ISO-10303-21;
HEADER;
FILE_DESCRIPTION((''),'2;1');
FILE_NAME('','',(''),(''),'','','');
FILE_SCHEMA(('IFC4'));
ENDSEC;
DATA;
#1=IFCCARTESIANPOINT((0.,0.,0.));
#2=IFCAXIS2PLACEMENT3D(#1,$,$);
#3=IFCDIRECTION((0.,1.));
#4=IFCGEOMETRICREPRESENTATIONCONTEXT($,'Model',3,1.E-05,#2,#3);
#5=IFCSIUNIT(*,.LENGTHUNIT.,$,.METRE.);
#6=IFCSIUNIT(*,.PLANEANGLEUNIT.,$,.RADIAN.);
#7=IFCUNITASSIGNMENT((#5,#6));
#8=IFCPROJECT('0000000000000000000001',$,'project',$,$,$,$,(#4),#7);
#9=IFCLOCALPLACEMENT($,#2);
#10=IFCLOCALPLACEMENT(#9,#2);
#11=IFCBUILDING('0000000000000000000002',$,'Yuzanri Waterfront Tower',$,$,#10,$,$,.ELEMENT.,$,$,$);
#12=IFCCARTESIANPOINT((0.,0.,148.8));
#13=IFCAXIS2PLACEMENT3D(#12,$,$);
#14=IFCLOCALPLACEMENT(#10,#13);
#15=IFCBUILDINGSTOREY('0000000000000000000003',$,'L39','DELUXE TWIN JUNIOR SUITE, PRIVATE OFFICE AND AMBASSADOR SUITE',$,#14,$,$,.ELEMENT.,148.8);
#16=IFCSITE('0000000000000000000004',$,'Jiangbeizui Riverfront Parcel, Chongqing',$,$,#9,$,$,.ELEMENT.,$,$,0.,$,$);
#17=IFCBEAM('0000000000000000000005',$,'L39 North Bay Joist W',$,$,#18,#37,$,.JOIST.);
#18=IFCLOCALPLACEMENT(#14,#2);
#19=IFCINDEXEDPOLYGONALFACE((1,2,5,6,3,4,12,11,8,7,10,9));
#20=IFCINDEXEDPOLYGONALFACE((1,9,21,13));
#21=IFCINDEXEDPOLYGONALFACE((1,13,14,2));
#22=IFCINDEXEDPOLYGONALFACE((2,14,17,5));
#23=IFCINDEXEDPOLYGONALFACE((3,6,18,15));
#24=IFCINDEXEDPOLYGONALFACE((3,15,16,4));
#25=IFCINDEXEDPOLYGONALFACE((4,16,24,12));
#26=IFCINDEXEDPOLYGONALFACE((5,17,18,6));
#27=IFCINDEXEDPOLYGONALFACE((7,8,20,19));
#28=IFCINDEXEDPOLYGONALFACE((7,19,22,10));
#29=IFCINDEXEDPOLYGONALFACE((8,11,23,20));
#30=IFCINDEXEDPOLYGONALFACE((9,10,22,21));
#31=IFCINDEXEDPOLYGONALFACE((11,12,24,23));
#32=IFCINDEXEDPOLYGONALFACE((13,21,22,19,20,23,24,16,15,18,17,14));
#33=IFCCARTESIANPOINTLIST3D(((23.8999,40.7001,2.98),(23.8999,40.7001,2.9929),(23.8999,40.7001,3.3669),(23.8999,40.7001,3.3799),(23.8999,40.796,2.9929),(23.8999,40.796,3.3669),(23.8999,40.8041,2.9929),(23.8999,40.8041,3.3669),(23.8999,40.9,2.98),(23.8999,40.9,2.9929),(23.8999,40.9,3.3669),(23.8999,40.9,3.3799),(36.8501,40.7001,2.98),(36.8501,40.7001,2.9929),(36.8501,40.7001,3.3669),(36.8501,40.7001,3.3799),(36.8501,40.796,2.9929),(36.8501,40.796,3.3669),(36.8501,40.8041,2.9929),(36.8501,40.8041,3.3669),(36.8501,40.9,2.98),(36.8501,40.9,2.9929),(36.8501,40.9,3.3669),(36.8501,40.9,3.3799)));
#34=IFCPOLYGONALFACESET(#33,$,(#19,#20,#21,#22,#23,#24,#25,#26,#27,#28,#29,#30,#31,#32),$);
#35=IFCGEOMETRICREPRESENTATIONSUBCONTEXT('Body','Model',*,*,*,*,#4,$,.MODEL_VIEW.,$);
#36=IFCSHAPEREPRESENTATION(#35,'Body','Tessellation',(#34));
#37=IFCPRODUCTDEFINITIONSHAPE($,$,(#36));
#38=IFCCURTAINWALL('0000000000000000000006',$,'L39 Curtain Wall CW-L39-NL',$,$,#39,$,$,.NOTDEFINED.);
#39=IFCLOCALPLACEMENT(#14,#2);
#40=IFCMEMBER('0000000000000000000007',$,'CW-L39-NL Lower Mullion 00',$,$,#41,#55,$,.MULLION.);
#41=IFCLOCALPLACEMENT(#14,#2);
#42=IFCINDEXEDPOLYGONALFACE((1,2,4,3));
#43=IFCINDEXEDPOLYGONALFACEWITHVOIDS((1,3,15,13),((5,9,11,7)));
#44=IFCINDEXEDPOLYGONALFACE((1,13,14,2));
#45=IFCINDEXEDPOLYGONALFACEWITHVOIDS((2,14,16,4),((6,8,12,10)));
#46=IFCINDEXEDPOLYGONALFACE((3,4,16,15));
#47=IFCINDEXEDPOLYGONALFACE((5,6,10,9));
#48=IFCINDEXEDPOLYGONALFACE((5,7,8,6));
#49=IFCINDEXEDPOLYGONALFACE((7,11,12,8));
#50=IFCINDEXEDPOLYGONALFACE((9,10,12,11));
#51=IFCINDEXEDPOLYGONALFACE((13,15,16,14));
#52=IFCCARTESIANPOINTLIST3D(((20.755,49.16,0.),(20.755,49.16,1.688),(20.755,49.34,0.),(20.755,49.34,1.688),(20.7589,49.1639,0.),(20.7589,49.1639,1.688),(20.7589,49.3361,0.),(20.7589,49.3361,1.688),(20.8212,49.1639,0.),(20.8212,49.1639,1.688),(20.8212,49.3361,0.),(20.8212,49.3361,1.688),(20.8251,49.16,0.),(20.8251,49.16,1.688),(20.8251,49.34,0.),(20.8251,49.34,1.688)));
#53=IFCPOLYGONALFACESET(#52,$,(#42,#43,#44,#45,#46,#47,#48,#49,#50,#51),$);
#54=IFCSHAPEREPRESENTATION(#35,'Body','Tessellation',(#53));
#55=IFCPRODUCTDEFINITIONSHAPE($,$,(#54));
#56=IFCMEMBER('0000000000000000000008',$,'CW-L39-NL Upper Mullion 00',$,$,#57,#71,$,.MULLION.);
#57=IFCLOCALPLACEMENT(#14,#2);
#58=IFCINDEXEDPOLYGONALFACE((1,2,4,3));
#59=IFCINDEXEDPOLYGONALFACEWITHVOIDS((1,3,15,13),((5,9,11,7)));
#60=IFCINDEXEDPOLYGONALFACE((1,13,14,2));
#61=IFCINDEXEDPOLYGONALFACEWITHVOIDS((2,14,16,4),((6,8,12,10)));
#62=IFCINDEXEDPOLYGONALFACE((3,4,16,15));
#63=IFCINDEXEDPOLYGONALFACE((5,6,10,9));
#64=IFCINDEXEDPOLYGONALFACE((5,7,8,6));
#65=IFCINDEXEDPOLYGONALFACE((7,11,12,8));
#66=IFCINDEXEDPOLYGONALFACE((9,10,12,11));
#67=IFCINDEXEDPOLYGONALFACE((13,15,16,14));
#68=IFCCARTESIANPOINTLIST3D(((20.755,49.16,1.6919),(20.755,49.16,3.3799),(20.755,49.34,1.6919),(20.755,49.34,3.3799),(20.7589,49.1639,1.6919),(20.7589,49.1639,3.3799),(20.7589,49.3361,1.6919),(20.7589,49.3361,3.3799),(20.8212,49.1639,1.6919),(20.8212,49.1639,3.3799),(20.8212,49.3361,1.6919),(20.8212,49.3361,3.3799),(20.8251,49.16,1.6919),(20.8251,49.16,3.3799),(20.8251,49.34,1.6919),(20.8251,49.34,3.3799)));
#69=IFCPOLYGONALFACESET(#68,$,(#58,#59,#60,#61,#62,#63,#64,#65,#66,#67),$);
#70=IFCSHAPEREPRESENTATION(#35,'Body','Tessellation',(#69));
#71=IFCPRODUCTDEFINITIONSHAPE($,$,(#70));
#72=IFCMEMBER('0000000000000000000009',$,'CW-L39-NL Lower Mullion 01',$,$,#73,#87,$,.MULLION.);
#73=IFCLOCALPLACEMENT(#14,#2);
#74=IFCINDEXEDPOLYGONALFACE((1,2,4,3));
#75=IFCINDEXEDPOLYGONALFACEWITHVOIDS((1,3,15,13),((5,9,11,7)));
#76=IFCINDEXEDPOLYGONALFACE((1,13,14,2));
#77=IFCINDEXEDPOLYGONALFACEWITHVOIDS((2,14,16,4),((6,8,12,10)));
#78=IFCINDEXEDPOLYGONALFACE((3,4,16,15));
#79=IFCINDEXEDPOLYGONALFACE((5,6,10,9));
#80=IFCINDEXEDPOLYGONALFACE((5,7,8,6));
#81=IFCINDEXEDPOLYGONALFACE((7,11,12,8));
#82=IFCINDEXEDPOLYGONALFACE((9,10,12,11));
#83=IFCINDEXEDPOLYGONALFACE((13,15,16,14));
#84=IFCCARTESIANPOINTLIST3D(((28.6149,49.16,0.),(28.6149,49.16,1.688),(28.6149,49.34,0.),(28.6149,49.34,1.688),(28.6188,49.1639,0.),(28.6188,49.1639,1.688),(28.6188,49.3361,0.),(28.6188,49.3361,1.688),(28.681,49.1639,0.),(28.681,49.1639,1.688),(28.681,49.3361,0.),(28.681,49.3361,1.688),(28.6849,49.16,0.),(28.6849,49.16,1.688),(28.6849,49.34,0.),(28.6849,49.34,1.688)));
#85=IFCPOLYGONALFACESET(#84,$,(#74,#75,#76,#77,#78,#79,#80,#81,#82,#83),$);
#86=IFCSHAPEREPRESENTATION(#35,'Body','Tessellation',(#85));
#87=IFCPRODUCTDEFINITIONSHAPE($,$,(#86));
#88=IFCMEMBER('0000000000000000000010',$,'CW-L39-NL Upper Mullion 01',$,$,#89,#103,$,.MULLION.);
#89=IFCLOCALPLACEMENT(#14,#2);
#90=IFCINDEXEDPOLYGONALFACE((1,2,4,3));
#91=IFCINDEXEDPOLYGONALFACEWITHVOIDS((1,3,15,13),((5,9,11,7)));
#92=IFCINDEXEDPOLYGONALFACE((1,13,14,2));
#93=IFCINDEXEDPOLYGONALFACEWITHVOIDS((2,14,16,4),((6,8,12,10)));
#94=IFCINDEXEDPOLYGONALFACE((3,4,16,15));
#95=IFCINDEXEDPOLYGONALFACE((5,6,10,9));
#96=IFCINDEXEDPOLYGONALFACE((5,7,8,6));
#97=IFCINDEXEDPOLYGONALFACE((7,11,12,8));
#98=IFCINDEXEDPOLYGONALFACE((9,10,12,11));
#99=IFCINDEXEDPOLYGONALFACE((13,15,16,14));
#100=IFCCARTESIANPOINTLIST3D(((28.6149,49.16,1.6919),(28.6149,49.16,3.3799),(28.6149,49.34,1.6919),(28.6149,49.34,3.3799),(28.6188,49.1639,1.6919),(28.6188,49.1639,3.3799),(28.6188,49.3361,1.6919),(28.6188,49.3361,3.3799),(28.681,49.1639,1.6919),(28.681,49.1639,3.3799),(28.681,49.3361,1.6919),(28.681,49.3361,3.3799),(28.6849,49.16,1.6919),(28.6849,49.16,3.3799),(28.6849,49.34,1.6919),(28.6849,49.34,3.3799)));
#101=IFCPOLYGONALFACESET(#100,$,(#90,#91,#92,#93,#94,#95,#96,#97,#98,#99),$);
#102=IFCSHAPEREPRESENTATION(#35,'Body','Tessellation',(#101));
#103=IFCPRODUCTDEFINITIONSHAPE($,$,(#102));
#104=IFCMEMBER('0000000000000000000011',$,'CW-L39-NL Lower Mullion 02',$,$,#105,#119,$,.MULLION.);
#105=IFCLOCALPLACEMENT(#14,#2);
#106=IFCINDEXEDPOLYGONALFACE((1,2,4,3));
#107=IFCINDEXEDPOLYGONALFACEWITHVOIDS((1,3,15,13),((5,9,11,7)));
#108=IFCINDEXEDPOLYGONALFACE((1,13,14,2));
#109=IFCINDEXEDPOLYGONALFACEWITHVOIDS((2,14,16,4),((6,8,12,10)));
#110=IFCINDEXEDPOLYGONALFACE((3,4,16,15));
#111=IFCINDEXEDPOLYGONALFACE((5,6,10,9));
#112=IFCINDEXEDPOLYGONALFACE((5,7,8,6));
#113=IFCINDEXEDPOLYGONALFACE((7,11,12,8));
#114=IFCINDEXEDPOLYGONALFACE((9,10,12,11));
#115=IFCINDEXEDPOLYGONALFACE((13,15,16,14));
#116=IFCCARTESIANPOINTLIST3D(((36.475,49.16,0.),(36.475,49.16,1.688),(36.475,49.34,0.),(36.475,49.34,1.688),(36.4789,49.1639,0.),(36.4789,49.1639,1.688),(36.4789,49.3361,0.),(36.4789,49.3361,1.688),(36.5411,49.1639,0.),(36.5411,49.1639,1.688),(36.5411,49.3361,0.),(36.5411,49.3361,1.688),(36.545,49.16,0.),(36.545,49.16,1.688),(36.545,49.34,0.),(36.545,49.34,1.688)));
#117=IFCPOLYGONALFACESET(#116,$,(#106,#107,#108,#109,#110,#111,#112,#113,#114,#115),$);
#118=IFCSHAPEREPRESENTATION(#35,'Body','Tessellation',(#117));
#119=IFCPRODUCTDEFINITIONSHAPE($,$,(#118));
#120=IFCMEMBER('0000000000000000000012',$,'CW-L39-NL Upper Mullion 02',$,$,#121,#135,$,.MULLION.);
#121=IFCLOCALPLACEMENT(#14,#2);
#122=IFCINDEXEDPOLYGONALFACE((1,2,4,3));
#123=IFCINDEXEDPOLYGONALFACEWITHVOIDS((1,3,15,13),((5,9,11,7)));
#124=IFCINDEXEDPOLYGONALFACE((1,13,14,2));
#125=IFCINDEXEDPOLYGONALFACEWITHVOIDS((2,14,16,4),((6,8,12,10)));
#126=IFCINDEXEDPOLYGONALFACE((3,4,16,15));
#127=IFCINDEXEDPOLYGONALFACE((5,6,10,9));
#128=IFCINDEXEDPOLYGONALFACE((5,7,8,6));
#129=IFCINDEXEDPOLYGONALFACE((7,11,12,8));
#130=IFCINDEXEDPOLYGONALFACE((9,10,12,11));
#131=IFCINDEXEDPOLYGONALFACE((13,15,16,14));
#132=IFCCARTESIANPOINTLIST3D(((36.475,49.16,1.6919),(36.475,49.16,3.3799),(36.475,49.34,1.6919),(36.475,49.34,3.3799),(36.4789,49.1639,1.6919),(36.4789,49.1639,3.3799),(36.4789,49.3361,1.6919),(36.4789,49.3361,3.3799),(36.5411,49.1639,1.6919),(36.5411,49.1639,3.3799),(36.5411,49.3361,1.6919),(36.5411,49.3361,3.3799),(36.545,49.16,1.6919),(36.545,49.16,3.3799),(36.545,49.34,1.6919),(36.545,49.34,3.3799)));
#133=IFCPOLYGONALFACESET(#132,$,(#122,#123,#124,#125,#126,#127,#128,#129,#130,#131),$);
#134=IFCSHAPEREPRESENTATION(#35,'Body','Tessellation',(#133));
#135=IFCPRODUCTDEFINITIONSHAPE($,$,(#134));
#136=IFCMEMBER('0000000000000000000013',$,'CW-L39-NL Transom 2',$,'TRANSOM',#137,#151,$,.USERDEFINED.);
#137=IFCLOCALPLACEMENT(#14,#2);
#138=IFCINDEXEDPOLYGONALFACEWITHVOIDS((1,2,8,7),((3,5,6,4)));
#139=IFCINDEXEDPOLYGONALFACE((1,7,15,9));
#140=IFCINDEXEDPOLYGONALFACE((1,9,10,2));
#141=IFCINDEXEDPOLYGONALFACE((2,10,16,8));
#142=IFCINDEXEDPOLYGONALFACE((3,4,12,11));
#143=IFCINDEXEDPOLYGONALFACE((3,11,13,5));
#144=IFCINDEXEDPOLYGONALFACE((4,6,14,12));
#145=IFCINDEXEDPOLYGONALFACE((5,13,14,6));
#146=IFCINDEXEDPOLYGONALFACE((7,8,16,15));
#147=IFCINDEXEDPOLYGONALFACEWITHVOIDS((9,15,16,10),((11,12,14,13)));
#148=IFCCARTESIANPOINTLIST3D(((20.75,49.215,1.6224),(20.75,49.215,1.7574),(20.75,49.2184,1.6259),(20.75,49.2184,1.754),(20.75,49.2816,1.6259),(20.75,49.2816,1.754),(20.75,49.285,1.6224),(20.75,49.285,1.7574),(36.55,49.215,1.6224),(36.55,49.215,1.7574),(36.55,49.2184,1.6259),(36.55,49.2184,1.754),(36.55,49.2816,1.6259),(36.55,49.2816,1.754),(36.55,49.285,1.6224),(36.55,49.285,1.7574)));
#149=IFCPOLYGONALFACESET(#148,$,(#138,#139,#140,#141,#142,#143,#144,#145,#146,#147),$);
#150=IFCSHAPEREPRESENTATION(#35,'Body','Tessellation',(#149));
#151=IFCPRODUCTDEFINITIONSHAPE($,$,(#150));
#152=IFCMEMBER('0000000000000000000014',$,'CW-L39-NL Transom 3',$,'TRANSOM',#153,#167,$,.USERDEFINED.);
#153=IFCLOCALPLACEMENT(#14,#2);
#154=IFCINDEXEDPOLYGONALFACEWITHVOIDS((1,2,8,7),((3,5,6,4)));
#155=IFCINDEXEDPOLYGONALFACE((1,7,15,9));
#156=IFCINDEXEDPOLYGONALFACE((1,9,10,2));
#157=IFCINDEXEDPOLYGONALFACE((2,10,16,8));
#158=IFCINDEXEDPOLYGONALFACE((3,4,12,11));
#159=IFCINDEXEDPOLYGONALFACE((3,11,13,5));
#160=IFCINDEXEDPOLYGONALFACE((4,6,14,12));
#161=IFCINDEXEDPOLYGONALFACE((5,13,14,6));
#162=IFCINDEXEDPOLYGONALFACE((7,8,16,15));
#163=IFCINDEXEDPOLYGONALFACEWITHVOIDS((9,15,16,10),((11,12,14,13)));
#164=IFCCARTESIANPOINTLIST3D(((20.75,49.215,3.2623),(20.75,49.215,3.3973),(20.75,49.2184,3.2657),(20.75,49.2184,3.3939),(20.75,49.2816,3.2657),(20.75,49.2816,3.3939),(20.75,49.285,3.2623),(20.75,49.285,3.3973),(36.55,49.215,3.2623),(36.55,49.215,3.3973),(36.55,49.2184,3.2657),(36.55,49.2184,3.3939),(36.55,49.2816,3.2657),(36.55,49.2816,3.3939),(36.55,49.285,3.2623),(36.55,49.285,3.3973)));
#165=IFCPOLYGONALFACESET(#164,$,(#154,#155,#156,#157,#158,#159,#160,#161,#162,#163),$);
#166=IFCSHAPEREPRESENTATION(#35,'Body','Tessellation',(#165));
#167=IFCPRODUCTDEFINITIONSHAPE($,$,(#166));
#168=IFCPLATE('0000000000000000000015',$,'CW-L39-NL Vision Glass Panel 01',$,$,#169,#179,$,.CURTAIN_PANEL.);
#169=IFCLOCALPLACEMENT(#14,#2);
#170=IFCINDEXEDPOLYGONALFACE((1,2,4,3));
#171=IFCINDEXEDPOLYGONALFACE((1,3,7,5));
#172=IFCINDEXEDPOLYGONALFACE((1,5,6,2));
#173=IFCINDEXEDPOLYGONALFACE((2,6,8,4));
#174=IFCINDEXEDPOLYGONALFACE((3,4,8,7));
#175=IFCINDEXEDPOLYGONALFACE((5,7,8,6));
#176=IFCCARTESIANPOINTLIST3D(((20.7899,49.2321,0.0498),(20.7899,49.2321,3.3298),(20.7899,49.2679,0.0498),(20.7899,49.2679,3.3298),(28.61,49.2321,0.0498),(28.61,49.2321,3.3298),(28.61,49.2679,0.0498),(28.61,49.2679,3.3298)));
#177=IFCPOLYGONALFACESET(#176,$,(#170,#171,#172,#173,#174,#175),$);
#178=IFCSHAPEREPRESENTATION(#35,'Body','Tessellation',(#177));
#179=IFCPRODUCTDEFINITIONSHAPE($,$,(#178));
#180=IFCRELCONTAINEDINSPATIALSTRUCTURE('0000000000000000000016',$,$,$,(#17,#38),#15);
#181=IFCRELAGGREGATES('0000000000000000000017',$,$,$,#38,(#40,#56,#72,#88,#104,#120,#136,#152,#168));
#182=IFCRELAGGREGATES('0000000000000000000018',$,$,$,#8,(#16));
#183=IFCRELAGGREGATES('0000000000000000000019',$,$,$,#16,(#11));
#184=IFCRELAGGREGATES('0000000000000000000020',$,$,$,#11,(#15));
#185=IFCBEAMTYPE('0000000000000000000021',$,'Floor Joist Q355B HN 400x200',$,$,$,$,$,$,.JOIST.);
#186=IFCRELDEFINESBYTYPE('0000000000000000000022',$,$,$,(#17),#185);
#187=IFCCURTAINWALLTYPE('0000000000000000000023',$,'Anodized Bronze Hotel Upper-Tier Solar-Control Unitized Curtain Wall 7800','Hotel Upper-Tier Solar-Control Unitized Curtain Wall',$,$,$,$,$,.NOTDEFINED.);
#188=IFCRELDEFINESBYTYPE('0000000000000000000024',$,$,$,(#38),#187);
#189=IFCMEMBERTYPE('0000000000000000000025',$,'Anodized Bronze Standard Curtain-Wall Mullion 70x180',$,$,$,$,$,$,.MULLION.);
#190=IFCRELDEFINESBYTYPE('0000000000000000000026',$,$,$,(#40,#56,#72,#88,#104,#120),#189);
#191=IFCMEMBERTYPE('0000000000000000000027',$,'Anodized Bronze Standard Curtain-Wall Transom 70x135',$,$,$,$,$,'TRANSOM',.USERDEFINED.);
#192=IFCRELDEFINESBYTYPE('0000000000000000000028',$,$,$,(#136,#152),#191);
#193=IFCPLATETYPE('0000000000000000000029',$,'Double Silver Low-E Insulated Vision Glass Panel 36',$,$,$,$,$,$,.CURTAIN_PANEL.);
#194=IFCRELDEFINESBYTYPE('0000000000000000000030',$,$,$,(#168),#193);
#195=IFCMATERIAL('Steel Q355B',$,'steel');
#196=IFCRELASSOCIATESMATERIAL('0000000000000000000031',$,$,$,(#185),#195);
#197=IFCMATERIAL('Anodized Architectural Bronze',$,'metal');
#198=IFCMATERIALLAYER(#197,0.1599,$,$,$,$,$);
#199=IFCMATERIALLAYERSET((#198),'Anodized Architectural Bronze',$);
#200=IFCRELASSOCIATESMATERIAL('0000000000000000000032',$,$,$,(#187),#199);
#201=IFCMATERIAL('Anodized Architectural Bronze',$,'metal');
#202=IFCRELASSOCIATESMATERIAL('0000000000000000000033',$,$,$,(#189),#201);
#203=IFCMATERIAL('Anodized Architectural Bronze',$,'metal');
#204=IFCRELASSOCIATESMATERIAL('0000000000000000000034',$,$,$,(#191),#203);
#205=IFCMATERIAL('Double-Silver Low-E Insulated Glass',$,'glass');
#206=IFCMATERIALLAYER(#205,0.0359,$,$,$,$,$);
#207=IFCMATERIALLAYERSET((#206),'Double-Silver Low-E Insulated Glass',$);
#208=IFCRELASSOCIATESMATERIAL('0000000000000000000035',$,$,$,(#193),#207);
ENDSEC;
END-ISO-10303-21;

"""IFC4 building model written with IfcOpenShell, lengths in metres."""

from ifc_helpers import new_model, si_unit, direction, frame, origin, origin_2d, place, context, subcontext, project, spatial, rectangle, hollow_rectangle, i_section, extrude, source, transform, mapped, material, layer, layer_set, material_profile, profile_set, type_object, element, aggregate, save


model = new_model("IFC4")

# Units and contexts
model_context = context("Model", 3, precision=1e-05, world=origin(), true_north=direction((0.0, 1.0)))
body_context = subcontext(model_context, "Body", "Model", "MODEL_VIEW")
ifc_project = project(units=[si_unit("LENGTHUNIT", "METRE"), si_unit("PLANEANGLEUNIT", "RADIAN")], contexts=[model_context])

# Site, building, storey
site_placement = place(None, origin())
site = spatial("IfcSite", under=ifc_project, at=site_placement, Name="Jiangbeizui Riverfront Parcel, Chongqing", CompositionType="ELEMENT", RefElevation=0.0)
building_placement = place(site_placement, origin())
building = spatial("IfcBuilding", under=site, at=building_placement, Name="Yuzanri Waterfront Tower", CompositionType="ELEMENT")
storey_placement = place(building_placement, frame((0.0, 0.0, 148.8)))
storey = spatial("IfcBuildingStorey", under=building, at=storey_placement, Name="L39", Description="DELUXE TWIN JUNIOR SUITE, PRIVATE OFFICE AND AMBASSADOR SUITE", CompositionType="ELEMENT", Elevation=148.8)

# Beam
ifc_material_1 = material(Name="Steel Q355B", Category="steel")
ifc_material_profile_1 = material_profile(ifc_material_1, i_section(OverallWidth=0.2, OverallDepth=0.3999, WebThickness=0.0081, FlangeThickness=0.0129, at=origin_2d()), Name="HN 400x200x8x13")
ifc_profile_set_1 = profile_set([ifc_material_profile_1], Name="Steel Q355B")
beam_type = type_object("IfcBeamType", Name="Floor Joist Q355B HN 400x200", PredefinedType="JOIST", material=ifc_profile_set_1)
shared_shape_1 = source(origin(), body_context, "Body", "SweptSolid", [
    extrude(i_section(OverallWidth=0.2, OverallDepth=0.3999, WebThickness=0.0081, FlangeThickness=0.0129, at=origin_2d()), origin(), (0.0, 0.0, 1.0), 12.9502),
])
beam_placement = place(storey_placement, frame((23.8999, 40.8, 3.1799), z_axis=(1.0, 0.0, 0.0), x_axis=(0.0, 1.0, 0.0)))
element("IfcBeam", 1, at=beam_placement, inside=storey, type_object=beam_type, Name="L39 North Bay Joist W", PredefinedType="JOIST", context=body_context, shape_type="MappedRepresentation", body=[
    mapped(shared_shape_1, transform((0.0, 0.0, 0.0), scale=1.0)),
])

# Curtain wall, members, plate
ifc_material_2 = material(Name="Anodized Architectural Bronze", Category="metal")
ifc_layer_1 = layer(ifc_material_2, 0.1599)
ifc_layer_set_1 = layer_set([ifc_layer_1], Name="Anodized Architectural Bronze")
curtain_wall_type = type_object("IfcCurtainWallType", Name="Anodized Bronze Hotel Upper-Tier Solar-Control Unitized Curtain Wall 7800", Description="Hotel Upper-Tier Solar-Control Unitized Curtain Wall", PredefinedType="NOTDEFINED", material=ifc_layer_set_1)
curtain_wall_placement = place(storey_placement, origin())
curtain_wall = element("IfcCurtainWall", 2, at=curtain_wall_placement, inside=storey, type_object=curtain_wall_type, Name="L39 Curtain Wall CW-L39-NL", PredefinedType="NOTDEFINED")
ifc_material_3 = material(Name="Anodized Architectural Bronze", Category="metal")
ifc_material_profile_2 = material_profile(ifc_material_3, hollow_rectangle(XDim=0.0701, YDim=0.1799, WallThickness=0.0039, at=origin_2d()), Name="CWM 70x180")
ifc_profile_set_2 = profile_set([ifc_material_profile_2], Name="Anodized Architectural Bronze")
member_type_1 = type_object("IfcMemberType", Name="Anodized Bronze Standard Curtain-Wall Mullion 70x180", PredefinedType="MULLION", material=ifc_profile_set_2)
shared_shape_2 = source(origin(), body_context, "Body", "SweptSolid", [
    extrude(hollow_rectangle(XDim=0.0701, YDim=0.1799, WallThickness=0.0039, at=origin_2d()), origin(), (0.0, 0.0, 1.0), 1.688),
])
member_1_placement = place(storey_placement, frame((20.79, 49.25, 0.0), z_axis=(0.0, 0.0, 1.0), x_axis=(1.0, 0.0, 0.0)))
member_1 = element("IfcMember", 3, at=member_1_placement, type_object=member_type_1, Name="CW-L39-NL Lower Mullion 00", PredefinedType="MULLION", context=body_context, shape_type="MappedRepresentation", body=[
    mapped(shared_shape_2, transform((0.0, 0.0, 0.0), scale=1.0)),
])
member_2_placement = place(storey_placement, frame((20.79, 49.25, 1.6919), z_axis=(0.0, 0.0, 1.0), x_axis=(1.0, 0.0, 0.0)))
member_2 = element("IfcMember", 4, at=member_2_placement, type_object=member_type_1, Name="CW-L39-NL Upper Mullion 00", PredefinedType="MULLION", context=body_context, shape_type="MappedRepresentation", body=[
    mapped(shared_shape_2, transform((0.0, 0.0, 0.0), scale=1.0)),
])
member_3_placement = place(storey_placement, frame((28.6499, 49.25, 0.0), z_axis=(0.0, 0.0, 1.0), x_axis=(1.0, 0.0, 0.0)))
member_3 = element("IfcMember", 5, at=member_3_placement, type_object=member_type_1, Name="CW-L39-NL Lower Mullion 01", PredefinedType="MULLION", context=body_context, shape_type="MappedRepresentation", body=[
    mapped(shared_shape_2, transform((0.0, 0.0, 0.0), scale=1.0)),
])
member_4_placement = place(storey_placement, frame((28.6499, 49.25, 1.6919), z_axis=(0.0, 0.0, 1.0), x_axis=(1.0, 0.0, 0.0)))
member_4 = element("IfcMember", 6, at=member_4_placement, type_object=member_type_1, Name="CW-L39-NL Upper Mullion 01", PredefinedType="MULLION", context=body_context, shape_type="MappedRepresentation", body=[
    mapped(shared_shape_2, transform((0.0, 0.0, 0.0), scale=1.0)),
])
member_5_placement = place(storey_placement, frame((36.51, 49.25, 0.0), z_axis=(0.0, 0.0, 1.0), x_axis=(1.0, 0.0, 0.0)))
member_5 = element("IfcMember", 7, at=member_5_placement, type_object=member_type_1, Name="CW-L39-NL Lower Mullion 02", PredefinedType="MULLION", context=body_context, shape_type="MappedRepresentation", body=[
    mapped(shared_shape_2, transform((0.0, 0.0, 0.0), scale=1.0)),
])
member_6_placement = place(storey_placement, frame((36.51, 49.25, 1.6919), z_axis=(0.0, 0.0, 1.0), x_axis=(1.0, 0.0, 0.0)))
member_6 = element("IfcMember", 8, at=member_6_placement, type_object=member_type_1, Name="CW-L39-NL Upper Mullion 02", PredefinedType="MULLION", context=body_context, shape_type="MappedRepresentation", body=[
    mapped(shared_shape_2, transform((0.0, 0.0, 0.0), scale=1.0)),
])
ifc_material_4 = material(Name="Anodized Architectural Bronze", Category="metal")
ifc_material_profile_3 = material_profile(ifc_material_4, hollow_rectangle(XDim=0.0701, YDim=0.135, WallThickness=0.0034, at=origin_2d()), Name="CWT 70x135")
ifc_profile_set_3 = profile_set([ifc_material_profile_3], Name="Anodized Architectural Bronze")
member_type_2 = type_object("IfcMemberType", Name="Anodized Bronze Standard Curtain-Wall Transom 70x135", ElementType="TRANSOM", PredefinedType="USERDEFINED", material=ifc_profile_set_3)
shared_shape_3 = source(origin(), body_context, "Body", "SweptSolid", [
    extrude(hollow_rectangle(XDim=0.0701, YDim=0.135, WallThickness=0.0034, at=origin_2d()), origin(), (0.0, 0.0, 1.0), 15.8),
])
member_7_placement = place(storey_placement, frame((20.75, 49.25, 1.6899), z_axis=(1.0, 0.0, 0.0), x_axis=(0.0, 1.0, 0.0)))
member_7 = element("IfcMember", 9, at=member_7_placement, type_object=member_type_2, Name="CW-L39-NL Transom 2", ObjectType="TRANSOM", PredefinedType="USERDEFINED", context=body_context, shape_type="MappedRepresentation", body=[
    mapped(shared_shape_3, transform((0.0, 0.0, 0.0), scale=1.0)),
])
member_8_placement = place(storey_placement, frame((20.75, 49.25, 3.3298), z_axis=(1.0, 0.0, 0.0), x_axis=(0.0, 1.0, 0.0)))
member_8 = element("IfcMember", 10, at=member_8_placement, type_object=member_type_2, Name="CW-L39-NL Transom 3", ObjectType="TRANSOM", PredefinedType="USERDEFINED", context=body_context, shape_type="MappedRepresentation", body=[
    mapped(shared_shape_3, transform((0.0, 0.0, 0.0), scale=1.0)),
])
ifc_material_5 = material(Name="Double-Silver Low-E Insulated Glass", Category="glass")
ifc_layer_2 = layer(ifc_material_5, 0.0359)
ifc_layer_set_2 = layer_set([ifc_layer_2], Name="Double-Silver Low-E Insulated Glass")
plate_type = type_object("IfcPlateType", Name="Double Silver Low-E Insulated Vision Glass Panel 36", PredefinedType="CURTAIN_PANEL", material=ifc_layer_set_2)
shared_shape_4 = source(origin(), body_context, "Body", "SweptSolid", [
    extrude(rectangle(XDim=7.8201, YDim=0.0359, at=origin_2d()), origin(), (0.0, 0.0, 1.0), 3.28),
])
plate_1_placement = place(storey_placement, frame((24.7, 49.25, 0.0498), z_axis=(0.0, 0.0, 1.0), x_axis=(1.0, 0.0, 0.0)))
plate_1 = element("IfcPlate", 11, at=plate_1_placement, type_object=plate_type, Name="CW-L39-NL Vision Glass Panel 01", PredefinedType="CURTAIN_PANEL", context=body_context, shape_type="MappedRepresentation", body=[
    mapped(shared_shape_4, transform((0.0, 0.0, 0.0), scale=1.0)),
])
aggregate(curtain_wall, [member_1, member_2, member_3, member_4, member_5, member_6, member_7, member_8, plate_1])

save(model, "model.ifc")
